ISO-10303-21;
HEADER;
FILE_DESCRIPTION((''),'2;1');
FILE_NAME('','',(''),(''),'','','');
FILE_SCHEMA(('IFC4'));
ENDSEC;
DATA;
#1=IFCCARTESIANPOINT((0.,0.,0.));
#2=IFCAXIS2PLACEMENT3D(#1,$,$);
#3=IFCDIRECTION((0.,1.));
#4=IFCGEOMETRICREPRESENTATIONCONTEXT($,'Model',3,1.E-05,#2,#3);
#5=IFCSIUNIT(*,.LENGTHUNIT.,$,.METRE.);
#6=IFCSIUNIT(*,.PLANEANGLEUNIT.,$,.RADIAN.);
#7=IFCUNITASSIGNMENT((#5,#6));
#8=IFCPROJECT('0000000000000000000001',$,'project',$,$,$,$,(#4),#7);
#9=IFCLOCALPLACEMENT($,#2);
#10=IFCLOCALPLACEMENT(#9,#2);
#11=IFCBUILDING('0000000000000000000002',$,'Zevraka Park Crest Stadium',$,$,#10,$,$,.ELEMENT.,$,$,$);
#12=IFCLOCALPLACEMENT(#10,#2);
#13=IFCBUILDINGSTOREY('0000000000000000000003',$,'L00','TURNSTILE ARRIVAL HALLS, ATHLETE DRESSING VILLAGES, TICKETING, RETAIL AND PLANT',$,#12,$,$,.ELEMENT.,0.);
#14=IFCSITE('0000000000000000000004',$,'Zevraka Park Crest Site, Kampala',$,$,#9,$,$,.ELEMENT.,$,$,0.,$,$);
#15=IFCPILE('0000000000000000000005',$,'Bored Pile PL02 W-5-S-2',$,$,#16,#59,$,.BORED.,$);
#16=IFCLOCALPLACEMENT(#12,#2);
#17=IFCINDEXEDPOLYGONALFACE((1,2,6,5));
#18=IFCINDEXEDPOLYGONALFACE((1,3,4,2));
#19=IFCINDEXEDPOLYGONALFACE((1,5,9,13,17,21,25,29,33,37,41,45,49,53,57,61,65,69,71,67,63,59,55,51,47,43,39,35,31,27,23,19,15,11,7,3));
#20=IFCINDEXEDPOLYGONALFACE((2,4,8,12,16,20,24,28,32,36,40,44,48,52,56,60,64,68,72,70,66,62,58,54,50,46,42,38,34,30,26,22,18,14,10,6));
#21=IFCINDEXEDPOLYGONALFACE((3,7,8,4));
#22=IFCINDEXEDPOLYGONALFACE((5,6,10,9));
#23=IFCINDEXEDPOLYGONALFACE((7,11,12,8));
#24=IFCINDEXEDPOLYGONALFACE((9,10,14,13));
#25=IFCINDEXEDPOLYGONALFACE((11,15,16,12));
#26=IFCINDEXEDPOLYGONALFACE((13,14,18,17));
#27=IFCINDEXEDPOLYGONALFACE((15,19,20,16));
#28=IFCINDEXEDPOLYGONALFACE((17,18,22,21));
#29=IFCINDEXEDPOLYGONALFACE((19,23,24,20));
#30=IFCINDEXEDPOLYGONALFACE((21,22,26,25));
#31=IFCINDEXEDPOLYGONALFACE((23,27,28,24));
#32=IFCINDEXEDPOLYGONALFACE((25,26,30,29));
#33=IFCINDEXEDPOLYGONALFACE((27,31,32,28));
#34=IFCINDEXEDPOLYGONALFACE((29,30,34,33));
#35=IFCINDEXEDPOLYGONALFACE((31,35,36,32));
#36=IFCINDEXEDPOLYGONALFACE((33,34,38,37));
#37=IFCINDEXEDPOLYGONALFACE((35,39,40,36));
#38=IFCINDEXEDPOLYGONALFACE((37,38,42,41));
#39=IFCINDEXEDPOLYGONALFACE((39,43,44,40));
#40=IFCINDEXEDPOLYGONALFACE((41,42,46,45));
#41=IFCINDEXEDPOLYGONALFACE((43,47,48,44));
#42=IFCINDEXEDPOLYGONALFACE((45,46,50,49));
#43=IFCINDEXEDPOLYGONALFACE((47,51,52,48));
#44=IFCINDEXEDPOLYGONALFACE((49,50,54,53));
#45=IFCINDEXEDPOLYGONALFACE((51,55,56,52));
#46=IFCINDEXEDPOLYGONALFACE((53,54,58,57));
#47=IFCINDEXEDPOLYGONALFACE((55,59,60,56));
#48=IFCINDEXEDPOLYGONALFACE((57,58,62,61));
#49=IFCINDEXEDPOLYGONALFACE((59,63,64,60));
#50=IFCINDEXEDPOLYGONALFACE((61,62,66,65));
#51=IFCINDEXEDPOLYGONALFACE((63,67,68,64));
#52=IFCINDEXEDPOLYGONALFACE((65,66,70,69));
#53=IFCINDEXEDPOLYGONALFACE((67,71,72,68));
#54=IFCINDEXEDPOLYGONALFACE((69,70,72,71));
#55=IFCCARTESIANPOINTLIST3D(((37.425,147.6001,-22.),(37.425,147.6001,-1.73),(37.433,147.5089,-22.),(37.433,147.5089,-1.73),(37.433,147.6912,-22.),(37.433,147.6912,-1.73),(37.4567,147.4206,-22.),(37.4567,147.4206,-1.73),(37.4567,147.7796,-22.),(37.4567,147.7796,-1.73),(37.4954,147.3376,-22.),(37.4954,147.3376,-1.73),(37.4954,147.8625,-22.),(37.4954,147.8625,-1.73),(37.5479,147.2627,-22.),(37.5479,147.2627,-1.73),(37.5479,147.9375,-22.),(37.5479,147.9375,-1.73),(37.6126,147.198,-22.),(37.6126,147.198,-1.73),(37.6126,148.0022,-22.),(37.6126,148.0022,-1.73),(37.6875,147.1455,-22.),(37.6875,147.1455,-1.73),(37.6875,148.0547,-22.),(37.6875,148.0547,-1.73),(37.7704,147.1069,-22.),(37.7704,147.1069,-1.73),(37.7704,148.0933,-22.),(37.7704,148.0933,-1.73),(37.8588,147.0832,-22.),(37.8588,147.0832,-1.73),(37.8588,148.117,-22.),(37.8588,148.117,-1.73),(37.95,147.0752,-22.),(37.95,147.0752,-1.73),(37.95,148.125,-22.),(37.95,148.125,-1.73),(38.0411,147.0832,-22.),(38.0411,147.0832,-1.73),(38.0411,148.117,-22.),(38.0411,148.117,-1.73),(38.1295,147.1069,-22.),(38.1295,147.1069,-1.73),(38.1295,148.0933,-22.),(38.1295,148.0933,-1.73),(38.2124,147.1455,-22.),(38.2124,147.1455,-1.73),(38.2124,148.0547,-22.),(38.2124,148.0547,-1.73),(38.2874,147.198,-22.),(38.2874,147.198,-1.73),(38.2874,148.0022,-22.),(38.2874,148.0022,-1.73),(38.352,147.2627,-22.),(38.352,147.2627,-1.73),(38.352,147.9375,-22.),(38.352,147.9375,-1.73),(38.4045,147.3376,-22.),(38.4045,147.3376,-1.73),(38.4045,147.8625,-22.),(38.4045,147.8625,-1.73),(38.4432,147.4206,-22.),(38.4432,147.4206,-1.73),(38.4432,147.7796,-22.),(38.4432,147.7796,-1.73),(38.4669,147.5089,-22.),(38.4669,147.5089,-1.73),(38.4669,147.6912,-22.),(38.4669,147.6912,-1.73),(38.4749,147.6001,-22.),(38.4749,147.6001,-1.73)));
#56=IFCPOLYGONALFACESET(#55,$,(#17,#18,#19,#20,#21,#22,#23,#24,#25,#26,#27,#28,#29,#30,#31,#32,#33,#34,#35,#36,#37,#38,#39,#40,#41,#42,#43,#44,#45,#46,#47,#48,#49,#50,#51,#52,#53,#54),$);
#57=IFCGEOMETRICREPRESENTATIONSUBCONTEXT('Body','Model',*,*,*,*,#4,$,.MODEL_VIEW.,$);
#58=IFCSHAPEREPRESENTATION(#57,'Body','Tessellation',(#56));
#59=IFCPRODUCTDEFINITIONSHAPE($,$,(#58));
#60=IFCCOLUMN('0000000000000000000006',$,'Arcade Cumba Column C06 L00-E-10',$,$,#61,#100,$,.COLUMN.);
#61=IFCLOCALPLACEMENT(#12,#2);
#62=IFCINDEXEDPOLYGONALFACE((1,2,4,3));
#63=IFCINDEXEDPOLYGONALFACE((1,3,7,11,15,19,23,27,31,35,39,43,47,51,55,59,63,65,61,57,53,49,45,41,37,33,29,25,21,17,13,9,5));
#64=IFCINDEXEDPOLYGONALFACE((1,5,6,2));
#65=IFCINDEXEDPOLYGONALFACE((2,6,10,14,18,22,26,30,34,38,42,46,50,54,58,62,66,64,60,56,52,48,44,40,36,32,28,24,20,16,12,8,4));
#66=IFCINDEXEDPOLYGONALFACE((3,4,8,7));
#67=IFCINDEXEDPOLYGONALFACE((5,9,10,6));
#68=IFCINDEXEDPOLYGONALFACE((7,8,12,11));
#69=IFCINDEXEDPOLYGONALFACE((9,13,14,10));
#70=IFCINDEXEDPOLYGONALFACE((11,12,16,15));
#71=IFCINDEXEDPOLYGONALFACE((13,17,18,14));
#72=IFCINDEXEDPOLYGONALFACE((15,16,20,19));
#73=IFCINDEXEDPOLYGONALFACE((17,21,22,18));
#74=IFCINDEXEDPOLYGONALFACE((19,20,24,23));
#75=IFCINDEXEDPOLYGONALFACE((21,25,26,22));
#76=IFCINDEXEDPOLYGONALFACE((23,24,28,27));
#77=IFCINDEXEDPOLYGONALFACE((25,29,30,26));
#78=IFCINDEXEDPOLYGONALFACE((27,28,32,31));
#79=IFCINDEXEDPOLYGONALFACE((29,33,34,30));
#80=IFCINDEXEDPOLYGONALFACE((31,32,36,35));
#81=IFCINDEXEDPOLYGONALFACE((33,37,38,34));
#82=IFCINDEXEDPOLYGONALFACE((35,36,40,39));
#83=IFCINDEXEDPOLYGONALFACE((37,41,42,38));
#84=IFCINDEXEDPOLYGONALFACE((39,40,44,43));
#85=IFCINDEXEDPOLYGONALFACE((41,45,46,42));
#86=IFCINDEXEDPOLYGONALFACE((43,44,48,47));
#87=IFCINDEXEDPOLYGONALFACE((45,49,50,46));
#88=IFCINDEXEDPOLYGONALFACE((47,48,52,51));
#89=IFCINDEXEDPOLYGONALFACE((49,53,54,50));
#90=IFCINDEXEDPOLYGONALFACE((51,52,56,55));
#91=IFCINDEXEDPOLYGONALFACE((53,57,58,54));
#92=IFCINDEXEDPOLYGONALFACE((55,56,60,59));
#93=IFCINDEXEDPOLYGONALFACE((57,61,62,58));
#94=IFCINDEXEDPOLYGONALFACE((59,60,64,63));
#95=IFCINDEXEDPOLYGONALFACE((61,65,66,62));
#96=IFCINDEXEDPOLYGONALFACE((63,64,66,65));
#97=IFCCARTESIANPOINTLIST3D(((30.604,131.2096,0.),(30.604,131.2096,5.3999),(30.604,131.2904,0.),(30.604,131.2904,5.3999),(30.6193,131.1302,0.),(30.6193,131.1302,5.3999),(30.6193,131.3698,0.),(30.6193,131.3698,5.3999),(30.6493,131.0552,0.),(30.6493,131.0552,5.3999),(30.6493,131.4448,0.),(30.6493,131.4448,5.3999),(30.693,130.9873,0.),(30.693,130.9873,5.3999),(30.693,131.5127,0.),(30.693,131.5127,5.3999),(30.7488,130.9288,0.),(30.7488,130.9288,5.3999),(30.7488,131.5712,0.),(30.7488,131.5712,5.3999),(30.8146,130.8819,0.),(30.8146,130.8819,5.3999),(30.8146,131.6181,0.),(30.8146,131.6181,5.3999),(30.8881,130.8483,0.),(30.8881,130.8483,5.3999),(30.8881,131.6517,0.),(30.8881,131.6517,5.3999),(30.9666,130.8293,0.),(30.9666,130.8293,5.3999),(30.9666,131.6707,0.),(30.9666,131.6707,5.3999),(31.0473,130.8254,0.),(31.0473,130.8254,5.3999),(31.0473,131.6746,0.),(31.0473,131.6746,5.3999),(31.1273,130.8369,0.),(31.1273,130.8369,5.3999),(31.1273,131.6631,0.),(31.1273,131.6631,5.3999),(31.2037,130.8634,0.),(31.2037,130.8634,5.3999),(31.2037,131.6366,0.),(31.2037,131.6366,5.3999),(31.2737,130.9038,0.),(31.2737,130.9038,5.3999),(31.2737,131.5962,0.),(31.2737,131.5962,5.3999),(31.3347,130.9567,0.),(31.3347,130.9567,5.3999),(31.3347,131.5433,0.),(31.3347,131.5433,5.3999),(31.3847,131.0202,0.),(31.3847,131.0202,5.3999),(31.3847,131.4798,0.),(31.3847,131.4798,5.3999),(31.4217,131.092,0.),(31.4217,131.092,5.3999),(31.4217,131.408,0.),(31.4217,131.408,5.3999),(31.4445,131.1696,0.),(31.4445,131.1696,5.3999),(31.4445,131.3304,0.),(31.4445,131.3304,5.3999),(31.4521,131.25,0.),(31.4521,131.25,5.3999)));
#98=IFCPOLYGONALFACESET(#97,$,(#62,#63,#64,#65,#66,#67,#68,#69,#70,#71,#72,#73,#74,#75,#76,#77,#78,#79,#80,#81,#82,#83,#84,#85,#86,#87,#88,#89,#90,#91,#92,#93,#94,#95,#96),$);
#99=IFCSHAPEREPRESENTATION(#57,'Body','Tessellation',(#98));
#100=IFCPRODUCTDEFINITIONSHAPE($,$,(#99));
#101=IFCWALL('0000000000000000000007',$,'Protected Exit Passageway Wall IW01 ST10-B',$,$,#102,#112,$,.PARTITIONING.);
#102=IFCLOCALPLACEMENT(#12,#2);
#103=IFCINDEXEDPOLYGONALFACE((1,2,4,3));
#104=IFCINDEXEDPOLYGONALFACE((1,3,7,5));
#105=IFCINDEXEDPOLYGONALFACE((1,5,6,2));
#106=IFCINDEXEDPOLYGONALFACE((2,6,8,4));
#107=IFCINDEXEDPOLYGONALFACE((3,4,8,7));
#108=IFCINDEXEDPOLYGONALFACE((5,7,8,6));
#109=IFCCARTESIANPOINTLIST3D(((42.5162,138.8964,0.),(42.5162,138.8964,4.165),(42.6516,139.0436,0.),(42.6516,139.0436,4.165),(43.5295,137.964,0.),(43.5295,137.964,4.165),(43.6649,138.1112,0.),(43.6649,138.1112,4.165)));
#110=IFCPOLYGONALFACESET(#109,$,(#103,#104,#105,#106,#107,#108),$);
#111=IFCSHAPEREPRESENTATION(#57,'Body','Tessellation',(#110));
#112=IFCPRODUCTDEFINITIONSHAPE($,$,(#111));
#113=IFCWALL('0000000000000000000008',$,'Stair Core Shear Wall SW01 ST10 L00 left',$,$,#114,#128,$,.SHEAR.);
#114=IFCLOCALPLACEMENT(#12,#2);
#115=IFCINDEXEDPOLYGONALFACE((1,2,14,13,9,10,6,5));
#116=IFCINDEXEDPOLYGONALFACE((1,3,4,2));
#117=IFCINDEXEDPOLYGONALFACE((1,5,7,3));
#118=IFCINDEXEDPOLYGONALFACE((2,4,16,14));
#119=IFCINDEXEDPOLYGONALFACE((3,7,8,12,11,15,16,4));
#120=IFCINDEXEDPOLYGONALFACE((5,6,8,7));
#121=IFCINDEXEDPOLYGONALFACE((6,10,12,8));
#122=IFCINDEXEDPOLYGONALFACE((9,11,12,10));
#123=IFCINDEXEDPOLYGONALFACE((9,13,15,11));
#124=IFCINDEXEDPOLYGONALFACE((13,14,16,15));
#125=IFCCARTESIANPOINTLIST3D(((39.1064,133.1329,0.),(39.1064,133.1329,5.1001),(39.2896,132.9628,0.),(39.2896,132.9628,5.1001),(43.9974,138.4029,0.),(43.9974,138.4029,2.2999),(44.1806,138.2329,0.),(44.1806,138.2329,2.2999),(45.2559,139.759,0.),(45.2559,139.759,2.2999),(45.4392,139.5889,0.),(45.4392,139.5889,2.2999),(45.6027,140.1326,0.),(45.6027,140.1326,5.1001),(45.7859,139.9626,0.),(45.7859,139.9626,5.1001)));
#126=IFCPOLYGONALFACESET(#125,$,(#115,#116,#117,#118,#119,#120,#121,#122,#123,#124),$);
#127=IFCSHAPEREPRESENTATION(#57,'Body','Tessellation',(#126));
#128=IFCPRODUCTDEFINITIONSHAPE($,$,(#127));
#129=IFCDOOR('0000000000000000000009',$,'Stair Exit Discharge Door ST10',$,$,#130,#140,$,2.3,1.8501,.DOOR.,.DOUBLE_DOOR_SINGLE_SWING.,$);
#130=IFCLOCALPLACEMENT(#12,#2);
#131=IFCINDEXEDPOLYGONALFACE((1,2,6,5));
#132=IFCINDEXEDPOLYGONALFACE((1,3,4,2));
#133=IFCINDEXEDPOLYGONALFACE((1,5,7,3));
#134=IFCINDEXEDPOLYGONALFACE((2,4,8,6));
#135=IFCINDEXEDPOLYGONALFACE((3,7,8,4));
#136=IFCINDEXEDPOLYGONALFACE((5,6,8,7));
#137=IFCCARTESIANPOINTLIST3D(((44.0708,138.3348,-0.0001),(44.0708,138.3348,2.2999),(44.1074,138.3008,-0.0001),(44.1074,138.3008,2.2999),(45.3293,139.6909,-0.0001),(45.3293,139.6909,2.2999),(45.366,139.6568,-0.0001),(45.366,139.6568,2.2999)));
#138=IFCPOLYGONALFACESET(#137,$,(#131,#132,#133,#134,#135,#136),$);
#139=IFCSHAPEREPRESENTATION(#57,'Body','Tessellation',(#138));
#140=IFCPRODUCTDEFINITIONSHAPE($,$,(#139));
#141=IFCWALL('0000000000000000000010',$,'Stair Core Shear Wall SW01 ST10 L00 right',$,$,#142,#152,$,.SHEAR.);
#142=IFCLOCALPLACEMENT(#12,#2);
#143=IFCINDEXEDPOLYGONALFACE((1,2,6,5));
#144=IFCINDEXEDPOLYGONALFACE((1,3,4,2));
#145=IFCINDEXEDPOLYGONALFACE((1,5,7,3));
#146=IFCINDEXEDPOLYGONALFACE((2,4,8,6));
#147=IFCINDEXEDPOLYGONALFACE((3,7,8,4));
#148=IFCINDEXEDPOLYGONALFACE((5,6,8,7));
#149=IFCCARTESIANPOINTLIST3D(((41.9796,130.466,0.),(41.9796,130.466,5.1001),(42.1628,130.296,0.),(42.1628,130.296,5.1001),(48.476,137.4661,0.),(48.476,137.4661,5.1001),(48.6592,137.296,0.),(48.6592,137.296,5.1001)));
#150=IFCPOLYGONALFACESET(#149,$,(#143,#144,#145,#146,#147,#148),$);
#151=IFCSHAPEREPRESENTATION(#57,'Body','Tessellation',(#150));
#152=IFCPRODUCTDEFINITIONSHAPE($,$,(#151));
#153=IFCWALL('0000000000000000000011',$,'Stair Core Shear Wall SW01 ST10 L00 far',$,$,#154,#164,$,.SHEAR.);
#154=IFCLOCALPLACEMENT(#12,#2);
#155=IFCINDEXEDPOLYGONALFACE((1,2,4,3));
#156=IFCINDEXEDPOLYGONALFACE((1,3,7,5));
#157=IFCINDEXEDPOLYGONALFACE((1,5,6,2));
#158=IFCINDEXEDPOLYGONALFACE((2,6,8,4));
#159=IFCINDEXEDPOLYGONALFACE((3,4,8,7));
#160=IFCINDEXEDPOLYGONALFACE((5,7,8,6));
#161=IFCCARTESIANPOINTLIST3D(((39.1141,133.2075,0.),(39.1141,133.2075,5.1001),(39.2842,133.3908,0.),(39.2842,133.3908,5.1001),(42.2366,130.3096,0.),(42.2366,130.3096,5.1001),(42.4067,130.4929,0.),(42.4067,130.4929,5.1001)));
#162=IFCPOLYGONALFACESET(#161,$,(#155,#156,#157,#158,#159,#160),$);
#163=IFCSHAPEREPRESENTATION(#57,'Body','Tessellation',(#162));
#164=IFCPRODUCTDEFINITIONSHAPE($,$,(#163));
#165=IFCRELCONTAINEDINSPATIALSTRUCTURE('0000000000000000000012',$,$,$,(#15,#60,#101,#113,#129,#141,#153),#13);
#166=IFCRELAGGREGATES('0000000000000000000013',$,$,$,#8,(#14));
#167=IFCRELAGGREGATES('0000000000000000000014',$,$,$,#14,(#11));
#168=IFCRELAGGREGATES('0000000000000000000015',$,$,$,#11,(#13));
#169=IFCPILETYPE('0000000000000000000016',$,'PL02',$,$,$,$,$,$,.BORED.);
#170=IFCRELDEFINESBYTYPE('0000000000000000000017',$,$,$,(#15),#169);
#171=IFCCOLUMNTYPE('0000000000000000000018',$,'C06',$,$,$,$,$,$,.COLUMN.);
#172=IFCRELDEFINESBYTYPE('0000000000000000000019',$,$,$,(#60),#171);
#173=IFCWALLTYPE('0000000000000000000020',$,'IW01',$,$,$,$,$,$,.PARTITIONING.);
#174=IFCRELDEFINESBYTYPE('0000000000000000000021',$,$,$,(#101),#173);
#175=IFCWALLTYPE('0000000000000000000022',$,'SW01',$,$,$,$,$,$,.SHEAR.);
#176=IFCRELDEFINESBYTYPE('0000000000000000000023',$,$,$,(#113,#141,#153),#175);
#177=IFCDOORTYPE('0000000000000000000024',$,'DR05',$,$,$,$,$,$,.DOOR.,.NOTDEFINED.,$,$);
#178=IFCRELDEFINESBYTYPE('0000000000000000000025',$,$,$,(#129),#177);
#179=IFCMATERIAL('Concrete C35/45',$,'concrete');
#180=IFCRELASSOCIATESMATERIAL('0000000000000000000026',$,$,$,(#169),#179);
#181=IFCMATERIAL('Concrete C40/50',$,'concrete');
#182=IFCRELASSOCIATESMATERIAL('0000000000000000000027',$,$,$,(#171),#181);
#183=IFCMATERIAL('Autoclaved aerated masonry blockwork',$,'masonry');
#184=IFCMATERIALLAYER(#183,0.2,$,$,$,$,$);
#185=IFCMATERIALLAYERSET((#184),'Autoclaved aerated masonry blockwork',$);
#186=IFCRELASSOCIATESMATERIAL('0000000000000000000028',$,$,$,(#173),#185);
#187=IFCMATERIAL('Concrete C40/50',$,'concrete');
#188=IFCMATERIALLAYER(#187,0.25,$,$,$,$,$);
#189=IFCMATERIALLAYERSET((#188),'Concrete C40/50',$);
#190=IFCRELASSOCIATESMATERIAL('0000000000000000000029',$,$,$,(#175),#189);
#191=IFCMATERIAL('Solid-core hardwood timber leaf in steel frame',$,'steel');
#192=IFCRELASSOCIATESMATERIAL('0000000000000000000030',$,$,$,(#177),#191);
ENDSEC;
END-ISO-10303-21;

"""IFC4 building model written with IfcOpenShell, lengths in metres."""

from ifc_helpers import new_model, si_unit, direction, frame, frame_2d, origin, origin_2d, place, context, subcontext, project, spatial, rectangle, circle, extrude, material, layer, layer_set, material_profile, profile_set, type_object, element, fill, save


model = new_model("IFC4")

# Units and contexts
model_context = context("Model", 3, precision=1e-05, world=origin(), true_north=direction((0.0, 1.0)))
body_context = subcontext(model_context, "Body", "Model", "MODEL_VIEW")
ifc_project = project(units=[si_unit("LENGTHUNIT", "METRE"), si_unit("PLANEANGLEUNIT", "RADIAN")], contexts=[model_context])

# Site, building, storey
site_placement = place(None, origin())
site = spatial("IfcSite", under=ifc_project, at=site_placement, Name="Zevraka Park Crest Site, Kampala", CompositionType="ELEMENT", RefElevation=0.0)
building_placement = place(site_placement, origin())
building = spatial("IfcBuilding", under=site, at=building_placement, Name="Zevraka Park Crest Stadium", CompositionType="ELEMENT")
storey_placement = place(building_placement, origin())
storey = spatial("IfcBuildingStorey", under=building, at=storey_placement, Name="L00", Description="TURNSTILE ARRIVAL HALLS, ATHLETE DRESSING VILLAGES, TICKETING, RETAIL AND PLANT", CompositionType="ELEMENT", Elevation=0.0)

# Pile
ifc_material_1 = material(Name="Concrete C35/45", Category="concrete")
ifc_material_profile_1 = material_profile(ifc_material_1, circle(Radius=0.5249, at=origin_2d()), Name="PILE D1050")
ifc_profile_set_1 = profile_set([ifc_material_profile_1], Name="Concrete C35/45")
pile_type_1 = type_object("IfcPileType", Name="PL02", PredefinedType="BORED", material=ifc_profile_set_1)
for number, where, z_axis, x_axis, name in (
    (1, (37.95, 147.6001, -1.73), (0.0, 0.0, -1.0), (1.0, 0.0, 0.0), "Bored Pile PL02 W-5-S-2"),
):
    element("IfcPile", number, at=place(storey_placement, frame(where, z_axis=z_axis, x_axis=x_axis)), inside=storey, type_object=pile_type_1, Name=name, PredefinedType="BORED", context=body_context, shape_type="SweptSolid", body=[
        extrude(circle(Radius=0.5249, at=origin_2d()), origin(), (0.0, 0.0, 1.0), 20.27),
    ])

# Column
ifc_material_2 = material(Name="Concrete C40/50", Category="concrete")
ifc_material_profile_2 = material_profile(ifc_material_2, circle(Radius=0.425, at=origin_2d()), Name="RC D850")
ifc_profile_set_2 = profile_set([ifc_material_profile_2], Name="Concrete C40/50")
column_type = type_object("IfcColumnType", Name="C06", PredefinedType="COLUMN", material=ifc_profile_set_2)
column_placement = place(storey_placement, frame((31.0271, 131.25, 0.0), z_axis=(0.0, 0.0, 1.0), x_axis=(1.0, 0.0, 0.0)))
element("IfcColumn", 2, at=column_placement, inside=storey, type_object=column_type, Name="Arcade Cumba Column C06 L00-E-10", PredefinedType="COLUMN", context=body_context, shape_type="SweptSolid", body=[
    extrude(circle(Radius=0.425, at=origin_2d()), origin(), (0.0, 0.0, 1.0), 5.3999),
])

# Wall
ifc_material_3 = material(Name="Autoclaved aerated masonry blockwork", Category="masonry")
ifc_layer_1 = layer(ifc_material_3, 0.2)
ifc_layer_set_1 = layer_set([ifc_layer_1], Name="Autoclaved aerated masonry blockwork")
wall_type_1 = type_object("IfcWallType", Name="IW01", PredefinedType="PARTITIONING", material=ifc_layer_set_1)
wall_1_placement = place(storey_placement, frame((43.5972, 138.0376, 0.0), z_axis=(0.0, 0.0, 1.0), x_axis=(-0.735843, 0.677153, 0.0)))
element("IfcWall", 3, at=wall_1_placement, inside=storey, type_object=wall_type_1, Name="Protected Exit Passageway Wall IW01 ST10-B", PredefinedType="PARTITIONING", context=body_context, shape_type="SweptSolid", body=[
    extrude(rectangle(XDim=1.377, YDim=0.2, at=frame_2d((0.6885, 0.0))), origin(), (0.0, 0.0, 1.0), 4.165),
])

# Wall, opening, door
ifc_material_4 = material(Name="Concrete C40/50", Category="concrete")
ifc_layer_2 = layer(ifc_material_4, 0.25)
ifc_layer_set_2 = layer_set([ifc_layer_2], Name="Concrete C40/50")
wall_type_2 = type_object("IfcWallType", Name="SW01", PredefinedType="SHEAR", material=ifc_layer_set_2)
wall_2_placement = place(storey_placement, frame((39.198, 133.0479, 0.0), z_axis=(0.0, 0.0, 1.0), x_axis=(0.680258, 0.732973, 0.0)))
wall_2 = element("IfcWall", 4, at=wall_2_placement, inside=storey, type_object=wall_type_2, Name="Stair Core Shear Wall SW01 ST10 L00 left", PredefinedType="SHEAR", context=body_context, shape_type="SweptSolid", body=[
    extrude(rectangle(XDim=9.5498, YDim=0.25, at=frame_2d((4.7749, 0.0))), origin(), (0.0, 0.0, 1.0), 5.1001),
])
opening_1_placement = place(wall_2_placement, frame((7.1899, 0.0, 0.0)))
opening_1 = element("IfcOpeningElement", 5, at=opening_1_placement, cuts=wall_2, PredefinedType="OPENING", context=body_context, shape_type="SweptSolid", body=[
    extrude(rectangle(XDim=1.8501, YDim=2.3, at=frame_2d((0.925, 1.1499))), frame((0.0, 0.135, 0.0), z_axis=(0.0, -1.0, 0.0), x_axis=(1.0, 0.0, 0.0)), (0.0, 0.0, 1.0), 0.27),
])
ifc_material_5 = material(Name="Solid-core hardwood timber leaf in steel frame", Category="steel")
door_type_1 = type_object("IfcDoorType", Name="DR05", OperationType="NOTDEFINED", PredefinedType="DOOR", material=ifc_material_5)
door_1_placement = place(opening_1_placement, origin())
door_1 = element("IfcDoor", 6, at=door_1_placement, inside=storey, type_object=door_type_1, Name="Stair Exit Discharge Door ST10", OperationType="DOUBLE_DOOR_SINGLE_SWING", OverallHeight=2.3, OverallWidth=1.8501, PredefinedType="DOOR", context=body_context, shape_type="SweptSolid", body=[
    extrude(rectangle(XDim=1.8501, YDim=2.3, at=frame_2d((0.925, 1.1499))), frame((0.0, 0.0249, 0.0), z_axis=(0.0, -1.0, 0.0), x_axis=(1.0, 0.0, 0.0)), (0.0, 0.0, 1.0), 0.05),
])
fill(opening_1, door_1)

# Walls
wall_3_placement = place(storey_placement, frame((42.0713, 130.3811, 0.0), z_axis=(0.0, 0.0, 1.0), x_axis=(0.680245, 0.732985, 0.0)))
element("IfcWall", 7, at=wall_3_placement, inside=storey, type_object=wall_type_2, Name="Stair Core Shear Wall SW01 ST10 L00 right", PredefinedType="SHEAR", context=body_context, shape_type="SweptSolid", body=[
    extrude(rectangle(XDim=9.55, YDim=0.25, at=frame_2d((4.7749, 0.0))), origin(), (0.0, 0.0, 1.0), 5.1001),
])
wall_4_placement = place(storey_placement, frame((39.1992, 133.2991, 0.0), z_axis=(0.0, 0.0, 1.0), x_axis=(0.732977, -0.680253, 0.0)))
element("IfcWall", 8, at=wall_4_placement, inside=storey, type_object=wall_type_2, Name="Stair Core Shear Wall SW01 ST10 L00 far", PredefinedType="SHEAR", context=body_context, shape_type="SweptSolid", body=[
    extrude(rectangle(XDim=4.26, YDim=0.25, at=frame_2d((2.1299, 0.0))), origin(), (0.0, 0.0, 1.0), 5.1001),
])

save(model, "model.ifc")
